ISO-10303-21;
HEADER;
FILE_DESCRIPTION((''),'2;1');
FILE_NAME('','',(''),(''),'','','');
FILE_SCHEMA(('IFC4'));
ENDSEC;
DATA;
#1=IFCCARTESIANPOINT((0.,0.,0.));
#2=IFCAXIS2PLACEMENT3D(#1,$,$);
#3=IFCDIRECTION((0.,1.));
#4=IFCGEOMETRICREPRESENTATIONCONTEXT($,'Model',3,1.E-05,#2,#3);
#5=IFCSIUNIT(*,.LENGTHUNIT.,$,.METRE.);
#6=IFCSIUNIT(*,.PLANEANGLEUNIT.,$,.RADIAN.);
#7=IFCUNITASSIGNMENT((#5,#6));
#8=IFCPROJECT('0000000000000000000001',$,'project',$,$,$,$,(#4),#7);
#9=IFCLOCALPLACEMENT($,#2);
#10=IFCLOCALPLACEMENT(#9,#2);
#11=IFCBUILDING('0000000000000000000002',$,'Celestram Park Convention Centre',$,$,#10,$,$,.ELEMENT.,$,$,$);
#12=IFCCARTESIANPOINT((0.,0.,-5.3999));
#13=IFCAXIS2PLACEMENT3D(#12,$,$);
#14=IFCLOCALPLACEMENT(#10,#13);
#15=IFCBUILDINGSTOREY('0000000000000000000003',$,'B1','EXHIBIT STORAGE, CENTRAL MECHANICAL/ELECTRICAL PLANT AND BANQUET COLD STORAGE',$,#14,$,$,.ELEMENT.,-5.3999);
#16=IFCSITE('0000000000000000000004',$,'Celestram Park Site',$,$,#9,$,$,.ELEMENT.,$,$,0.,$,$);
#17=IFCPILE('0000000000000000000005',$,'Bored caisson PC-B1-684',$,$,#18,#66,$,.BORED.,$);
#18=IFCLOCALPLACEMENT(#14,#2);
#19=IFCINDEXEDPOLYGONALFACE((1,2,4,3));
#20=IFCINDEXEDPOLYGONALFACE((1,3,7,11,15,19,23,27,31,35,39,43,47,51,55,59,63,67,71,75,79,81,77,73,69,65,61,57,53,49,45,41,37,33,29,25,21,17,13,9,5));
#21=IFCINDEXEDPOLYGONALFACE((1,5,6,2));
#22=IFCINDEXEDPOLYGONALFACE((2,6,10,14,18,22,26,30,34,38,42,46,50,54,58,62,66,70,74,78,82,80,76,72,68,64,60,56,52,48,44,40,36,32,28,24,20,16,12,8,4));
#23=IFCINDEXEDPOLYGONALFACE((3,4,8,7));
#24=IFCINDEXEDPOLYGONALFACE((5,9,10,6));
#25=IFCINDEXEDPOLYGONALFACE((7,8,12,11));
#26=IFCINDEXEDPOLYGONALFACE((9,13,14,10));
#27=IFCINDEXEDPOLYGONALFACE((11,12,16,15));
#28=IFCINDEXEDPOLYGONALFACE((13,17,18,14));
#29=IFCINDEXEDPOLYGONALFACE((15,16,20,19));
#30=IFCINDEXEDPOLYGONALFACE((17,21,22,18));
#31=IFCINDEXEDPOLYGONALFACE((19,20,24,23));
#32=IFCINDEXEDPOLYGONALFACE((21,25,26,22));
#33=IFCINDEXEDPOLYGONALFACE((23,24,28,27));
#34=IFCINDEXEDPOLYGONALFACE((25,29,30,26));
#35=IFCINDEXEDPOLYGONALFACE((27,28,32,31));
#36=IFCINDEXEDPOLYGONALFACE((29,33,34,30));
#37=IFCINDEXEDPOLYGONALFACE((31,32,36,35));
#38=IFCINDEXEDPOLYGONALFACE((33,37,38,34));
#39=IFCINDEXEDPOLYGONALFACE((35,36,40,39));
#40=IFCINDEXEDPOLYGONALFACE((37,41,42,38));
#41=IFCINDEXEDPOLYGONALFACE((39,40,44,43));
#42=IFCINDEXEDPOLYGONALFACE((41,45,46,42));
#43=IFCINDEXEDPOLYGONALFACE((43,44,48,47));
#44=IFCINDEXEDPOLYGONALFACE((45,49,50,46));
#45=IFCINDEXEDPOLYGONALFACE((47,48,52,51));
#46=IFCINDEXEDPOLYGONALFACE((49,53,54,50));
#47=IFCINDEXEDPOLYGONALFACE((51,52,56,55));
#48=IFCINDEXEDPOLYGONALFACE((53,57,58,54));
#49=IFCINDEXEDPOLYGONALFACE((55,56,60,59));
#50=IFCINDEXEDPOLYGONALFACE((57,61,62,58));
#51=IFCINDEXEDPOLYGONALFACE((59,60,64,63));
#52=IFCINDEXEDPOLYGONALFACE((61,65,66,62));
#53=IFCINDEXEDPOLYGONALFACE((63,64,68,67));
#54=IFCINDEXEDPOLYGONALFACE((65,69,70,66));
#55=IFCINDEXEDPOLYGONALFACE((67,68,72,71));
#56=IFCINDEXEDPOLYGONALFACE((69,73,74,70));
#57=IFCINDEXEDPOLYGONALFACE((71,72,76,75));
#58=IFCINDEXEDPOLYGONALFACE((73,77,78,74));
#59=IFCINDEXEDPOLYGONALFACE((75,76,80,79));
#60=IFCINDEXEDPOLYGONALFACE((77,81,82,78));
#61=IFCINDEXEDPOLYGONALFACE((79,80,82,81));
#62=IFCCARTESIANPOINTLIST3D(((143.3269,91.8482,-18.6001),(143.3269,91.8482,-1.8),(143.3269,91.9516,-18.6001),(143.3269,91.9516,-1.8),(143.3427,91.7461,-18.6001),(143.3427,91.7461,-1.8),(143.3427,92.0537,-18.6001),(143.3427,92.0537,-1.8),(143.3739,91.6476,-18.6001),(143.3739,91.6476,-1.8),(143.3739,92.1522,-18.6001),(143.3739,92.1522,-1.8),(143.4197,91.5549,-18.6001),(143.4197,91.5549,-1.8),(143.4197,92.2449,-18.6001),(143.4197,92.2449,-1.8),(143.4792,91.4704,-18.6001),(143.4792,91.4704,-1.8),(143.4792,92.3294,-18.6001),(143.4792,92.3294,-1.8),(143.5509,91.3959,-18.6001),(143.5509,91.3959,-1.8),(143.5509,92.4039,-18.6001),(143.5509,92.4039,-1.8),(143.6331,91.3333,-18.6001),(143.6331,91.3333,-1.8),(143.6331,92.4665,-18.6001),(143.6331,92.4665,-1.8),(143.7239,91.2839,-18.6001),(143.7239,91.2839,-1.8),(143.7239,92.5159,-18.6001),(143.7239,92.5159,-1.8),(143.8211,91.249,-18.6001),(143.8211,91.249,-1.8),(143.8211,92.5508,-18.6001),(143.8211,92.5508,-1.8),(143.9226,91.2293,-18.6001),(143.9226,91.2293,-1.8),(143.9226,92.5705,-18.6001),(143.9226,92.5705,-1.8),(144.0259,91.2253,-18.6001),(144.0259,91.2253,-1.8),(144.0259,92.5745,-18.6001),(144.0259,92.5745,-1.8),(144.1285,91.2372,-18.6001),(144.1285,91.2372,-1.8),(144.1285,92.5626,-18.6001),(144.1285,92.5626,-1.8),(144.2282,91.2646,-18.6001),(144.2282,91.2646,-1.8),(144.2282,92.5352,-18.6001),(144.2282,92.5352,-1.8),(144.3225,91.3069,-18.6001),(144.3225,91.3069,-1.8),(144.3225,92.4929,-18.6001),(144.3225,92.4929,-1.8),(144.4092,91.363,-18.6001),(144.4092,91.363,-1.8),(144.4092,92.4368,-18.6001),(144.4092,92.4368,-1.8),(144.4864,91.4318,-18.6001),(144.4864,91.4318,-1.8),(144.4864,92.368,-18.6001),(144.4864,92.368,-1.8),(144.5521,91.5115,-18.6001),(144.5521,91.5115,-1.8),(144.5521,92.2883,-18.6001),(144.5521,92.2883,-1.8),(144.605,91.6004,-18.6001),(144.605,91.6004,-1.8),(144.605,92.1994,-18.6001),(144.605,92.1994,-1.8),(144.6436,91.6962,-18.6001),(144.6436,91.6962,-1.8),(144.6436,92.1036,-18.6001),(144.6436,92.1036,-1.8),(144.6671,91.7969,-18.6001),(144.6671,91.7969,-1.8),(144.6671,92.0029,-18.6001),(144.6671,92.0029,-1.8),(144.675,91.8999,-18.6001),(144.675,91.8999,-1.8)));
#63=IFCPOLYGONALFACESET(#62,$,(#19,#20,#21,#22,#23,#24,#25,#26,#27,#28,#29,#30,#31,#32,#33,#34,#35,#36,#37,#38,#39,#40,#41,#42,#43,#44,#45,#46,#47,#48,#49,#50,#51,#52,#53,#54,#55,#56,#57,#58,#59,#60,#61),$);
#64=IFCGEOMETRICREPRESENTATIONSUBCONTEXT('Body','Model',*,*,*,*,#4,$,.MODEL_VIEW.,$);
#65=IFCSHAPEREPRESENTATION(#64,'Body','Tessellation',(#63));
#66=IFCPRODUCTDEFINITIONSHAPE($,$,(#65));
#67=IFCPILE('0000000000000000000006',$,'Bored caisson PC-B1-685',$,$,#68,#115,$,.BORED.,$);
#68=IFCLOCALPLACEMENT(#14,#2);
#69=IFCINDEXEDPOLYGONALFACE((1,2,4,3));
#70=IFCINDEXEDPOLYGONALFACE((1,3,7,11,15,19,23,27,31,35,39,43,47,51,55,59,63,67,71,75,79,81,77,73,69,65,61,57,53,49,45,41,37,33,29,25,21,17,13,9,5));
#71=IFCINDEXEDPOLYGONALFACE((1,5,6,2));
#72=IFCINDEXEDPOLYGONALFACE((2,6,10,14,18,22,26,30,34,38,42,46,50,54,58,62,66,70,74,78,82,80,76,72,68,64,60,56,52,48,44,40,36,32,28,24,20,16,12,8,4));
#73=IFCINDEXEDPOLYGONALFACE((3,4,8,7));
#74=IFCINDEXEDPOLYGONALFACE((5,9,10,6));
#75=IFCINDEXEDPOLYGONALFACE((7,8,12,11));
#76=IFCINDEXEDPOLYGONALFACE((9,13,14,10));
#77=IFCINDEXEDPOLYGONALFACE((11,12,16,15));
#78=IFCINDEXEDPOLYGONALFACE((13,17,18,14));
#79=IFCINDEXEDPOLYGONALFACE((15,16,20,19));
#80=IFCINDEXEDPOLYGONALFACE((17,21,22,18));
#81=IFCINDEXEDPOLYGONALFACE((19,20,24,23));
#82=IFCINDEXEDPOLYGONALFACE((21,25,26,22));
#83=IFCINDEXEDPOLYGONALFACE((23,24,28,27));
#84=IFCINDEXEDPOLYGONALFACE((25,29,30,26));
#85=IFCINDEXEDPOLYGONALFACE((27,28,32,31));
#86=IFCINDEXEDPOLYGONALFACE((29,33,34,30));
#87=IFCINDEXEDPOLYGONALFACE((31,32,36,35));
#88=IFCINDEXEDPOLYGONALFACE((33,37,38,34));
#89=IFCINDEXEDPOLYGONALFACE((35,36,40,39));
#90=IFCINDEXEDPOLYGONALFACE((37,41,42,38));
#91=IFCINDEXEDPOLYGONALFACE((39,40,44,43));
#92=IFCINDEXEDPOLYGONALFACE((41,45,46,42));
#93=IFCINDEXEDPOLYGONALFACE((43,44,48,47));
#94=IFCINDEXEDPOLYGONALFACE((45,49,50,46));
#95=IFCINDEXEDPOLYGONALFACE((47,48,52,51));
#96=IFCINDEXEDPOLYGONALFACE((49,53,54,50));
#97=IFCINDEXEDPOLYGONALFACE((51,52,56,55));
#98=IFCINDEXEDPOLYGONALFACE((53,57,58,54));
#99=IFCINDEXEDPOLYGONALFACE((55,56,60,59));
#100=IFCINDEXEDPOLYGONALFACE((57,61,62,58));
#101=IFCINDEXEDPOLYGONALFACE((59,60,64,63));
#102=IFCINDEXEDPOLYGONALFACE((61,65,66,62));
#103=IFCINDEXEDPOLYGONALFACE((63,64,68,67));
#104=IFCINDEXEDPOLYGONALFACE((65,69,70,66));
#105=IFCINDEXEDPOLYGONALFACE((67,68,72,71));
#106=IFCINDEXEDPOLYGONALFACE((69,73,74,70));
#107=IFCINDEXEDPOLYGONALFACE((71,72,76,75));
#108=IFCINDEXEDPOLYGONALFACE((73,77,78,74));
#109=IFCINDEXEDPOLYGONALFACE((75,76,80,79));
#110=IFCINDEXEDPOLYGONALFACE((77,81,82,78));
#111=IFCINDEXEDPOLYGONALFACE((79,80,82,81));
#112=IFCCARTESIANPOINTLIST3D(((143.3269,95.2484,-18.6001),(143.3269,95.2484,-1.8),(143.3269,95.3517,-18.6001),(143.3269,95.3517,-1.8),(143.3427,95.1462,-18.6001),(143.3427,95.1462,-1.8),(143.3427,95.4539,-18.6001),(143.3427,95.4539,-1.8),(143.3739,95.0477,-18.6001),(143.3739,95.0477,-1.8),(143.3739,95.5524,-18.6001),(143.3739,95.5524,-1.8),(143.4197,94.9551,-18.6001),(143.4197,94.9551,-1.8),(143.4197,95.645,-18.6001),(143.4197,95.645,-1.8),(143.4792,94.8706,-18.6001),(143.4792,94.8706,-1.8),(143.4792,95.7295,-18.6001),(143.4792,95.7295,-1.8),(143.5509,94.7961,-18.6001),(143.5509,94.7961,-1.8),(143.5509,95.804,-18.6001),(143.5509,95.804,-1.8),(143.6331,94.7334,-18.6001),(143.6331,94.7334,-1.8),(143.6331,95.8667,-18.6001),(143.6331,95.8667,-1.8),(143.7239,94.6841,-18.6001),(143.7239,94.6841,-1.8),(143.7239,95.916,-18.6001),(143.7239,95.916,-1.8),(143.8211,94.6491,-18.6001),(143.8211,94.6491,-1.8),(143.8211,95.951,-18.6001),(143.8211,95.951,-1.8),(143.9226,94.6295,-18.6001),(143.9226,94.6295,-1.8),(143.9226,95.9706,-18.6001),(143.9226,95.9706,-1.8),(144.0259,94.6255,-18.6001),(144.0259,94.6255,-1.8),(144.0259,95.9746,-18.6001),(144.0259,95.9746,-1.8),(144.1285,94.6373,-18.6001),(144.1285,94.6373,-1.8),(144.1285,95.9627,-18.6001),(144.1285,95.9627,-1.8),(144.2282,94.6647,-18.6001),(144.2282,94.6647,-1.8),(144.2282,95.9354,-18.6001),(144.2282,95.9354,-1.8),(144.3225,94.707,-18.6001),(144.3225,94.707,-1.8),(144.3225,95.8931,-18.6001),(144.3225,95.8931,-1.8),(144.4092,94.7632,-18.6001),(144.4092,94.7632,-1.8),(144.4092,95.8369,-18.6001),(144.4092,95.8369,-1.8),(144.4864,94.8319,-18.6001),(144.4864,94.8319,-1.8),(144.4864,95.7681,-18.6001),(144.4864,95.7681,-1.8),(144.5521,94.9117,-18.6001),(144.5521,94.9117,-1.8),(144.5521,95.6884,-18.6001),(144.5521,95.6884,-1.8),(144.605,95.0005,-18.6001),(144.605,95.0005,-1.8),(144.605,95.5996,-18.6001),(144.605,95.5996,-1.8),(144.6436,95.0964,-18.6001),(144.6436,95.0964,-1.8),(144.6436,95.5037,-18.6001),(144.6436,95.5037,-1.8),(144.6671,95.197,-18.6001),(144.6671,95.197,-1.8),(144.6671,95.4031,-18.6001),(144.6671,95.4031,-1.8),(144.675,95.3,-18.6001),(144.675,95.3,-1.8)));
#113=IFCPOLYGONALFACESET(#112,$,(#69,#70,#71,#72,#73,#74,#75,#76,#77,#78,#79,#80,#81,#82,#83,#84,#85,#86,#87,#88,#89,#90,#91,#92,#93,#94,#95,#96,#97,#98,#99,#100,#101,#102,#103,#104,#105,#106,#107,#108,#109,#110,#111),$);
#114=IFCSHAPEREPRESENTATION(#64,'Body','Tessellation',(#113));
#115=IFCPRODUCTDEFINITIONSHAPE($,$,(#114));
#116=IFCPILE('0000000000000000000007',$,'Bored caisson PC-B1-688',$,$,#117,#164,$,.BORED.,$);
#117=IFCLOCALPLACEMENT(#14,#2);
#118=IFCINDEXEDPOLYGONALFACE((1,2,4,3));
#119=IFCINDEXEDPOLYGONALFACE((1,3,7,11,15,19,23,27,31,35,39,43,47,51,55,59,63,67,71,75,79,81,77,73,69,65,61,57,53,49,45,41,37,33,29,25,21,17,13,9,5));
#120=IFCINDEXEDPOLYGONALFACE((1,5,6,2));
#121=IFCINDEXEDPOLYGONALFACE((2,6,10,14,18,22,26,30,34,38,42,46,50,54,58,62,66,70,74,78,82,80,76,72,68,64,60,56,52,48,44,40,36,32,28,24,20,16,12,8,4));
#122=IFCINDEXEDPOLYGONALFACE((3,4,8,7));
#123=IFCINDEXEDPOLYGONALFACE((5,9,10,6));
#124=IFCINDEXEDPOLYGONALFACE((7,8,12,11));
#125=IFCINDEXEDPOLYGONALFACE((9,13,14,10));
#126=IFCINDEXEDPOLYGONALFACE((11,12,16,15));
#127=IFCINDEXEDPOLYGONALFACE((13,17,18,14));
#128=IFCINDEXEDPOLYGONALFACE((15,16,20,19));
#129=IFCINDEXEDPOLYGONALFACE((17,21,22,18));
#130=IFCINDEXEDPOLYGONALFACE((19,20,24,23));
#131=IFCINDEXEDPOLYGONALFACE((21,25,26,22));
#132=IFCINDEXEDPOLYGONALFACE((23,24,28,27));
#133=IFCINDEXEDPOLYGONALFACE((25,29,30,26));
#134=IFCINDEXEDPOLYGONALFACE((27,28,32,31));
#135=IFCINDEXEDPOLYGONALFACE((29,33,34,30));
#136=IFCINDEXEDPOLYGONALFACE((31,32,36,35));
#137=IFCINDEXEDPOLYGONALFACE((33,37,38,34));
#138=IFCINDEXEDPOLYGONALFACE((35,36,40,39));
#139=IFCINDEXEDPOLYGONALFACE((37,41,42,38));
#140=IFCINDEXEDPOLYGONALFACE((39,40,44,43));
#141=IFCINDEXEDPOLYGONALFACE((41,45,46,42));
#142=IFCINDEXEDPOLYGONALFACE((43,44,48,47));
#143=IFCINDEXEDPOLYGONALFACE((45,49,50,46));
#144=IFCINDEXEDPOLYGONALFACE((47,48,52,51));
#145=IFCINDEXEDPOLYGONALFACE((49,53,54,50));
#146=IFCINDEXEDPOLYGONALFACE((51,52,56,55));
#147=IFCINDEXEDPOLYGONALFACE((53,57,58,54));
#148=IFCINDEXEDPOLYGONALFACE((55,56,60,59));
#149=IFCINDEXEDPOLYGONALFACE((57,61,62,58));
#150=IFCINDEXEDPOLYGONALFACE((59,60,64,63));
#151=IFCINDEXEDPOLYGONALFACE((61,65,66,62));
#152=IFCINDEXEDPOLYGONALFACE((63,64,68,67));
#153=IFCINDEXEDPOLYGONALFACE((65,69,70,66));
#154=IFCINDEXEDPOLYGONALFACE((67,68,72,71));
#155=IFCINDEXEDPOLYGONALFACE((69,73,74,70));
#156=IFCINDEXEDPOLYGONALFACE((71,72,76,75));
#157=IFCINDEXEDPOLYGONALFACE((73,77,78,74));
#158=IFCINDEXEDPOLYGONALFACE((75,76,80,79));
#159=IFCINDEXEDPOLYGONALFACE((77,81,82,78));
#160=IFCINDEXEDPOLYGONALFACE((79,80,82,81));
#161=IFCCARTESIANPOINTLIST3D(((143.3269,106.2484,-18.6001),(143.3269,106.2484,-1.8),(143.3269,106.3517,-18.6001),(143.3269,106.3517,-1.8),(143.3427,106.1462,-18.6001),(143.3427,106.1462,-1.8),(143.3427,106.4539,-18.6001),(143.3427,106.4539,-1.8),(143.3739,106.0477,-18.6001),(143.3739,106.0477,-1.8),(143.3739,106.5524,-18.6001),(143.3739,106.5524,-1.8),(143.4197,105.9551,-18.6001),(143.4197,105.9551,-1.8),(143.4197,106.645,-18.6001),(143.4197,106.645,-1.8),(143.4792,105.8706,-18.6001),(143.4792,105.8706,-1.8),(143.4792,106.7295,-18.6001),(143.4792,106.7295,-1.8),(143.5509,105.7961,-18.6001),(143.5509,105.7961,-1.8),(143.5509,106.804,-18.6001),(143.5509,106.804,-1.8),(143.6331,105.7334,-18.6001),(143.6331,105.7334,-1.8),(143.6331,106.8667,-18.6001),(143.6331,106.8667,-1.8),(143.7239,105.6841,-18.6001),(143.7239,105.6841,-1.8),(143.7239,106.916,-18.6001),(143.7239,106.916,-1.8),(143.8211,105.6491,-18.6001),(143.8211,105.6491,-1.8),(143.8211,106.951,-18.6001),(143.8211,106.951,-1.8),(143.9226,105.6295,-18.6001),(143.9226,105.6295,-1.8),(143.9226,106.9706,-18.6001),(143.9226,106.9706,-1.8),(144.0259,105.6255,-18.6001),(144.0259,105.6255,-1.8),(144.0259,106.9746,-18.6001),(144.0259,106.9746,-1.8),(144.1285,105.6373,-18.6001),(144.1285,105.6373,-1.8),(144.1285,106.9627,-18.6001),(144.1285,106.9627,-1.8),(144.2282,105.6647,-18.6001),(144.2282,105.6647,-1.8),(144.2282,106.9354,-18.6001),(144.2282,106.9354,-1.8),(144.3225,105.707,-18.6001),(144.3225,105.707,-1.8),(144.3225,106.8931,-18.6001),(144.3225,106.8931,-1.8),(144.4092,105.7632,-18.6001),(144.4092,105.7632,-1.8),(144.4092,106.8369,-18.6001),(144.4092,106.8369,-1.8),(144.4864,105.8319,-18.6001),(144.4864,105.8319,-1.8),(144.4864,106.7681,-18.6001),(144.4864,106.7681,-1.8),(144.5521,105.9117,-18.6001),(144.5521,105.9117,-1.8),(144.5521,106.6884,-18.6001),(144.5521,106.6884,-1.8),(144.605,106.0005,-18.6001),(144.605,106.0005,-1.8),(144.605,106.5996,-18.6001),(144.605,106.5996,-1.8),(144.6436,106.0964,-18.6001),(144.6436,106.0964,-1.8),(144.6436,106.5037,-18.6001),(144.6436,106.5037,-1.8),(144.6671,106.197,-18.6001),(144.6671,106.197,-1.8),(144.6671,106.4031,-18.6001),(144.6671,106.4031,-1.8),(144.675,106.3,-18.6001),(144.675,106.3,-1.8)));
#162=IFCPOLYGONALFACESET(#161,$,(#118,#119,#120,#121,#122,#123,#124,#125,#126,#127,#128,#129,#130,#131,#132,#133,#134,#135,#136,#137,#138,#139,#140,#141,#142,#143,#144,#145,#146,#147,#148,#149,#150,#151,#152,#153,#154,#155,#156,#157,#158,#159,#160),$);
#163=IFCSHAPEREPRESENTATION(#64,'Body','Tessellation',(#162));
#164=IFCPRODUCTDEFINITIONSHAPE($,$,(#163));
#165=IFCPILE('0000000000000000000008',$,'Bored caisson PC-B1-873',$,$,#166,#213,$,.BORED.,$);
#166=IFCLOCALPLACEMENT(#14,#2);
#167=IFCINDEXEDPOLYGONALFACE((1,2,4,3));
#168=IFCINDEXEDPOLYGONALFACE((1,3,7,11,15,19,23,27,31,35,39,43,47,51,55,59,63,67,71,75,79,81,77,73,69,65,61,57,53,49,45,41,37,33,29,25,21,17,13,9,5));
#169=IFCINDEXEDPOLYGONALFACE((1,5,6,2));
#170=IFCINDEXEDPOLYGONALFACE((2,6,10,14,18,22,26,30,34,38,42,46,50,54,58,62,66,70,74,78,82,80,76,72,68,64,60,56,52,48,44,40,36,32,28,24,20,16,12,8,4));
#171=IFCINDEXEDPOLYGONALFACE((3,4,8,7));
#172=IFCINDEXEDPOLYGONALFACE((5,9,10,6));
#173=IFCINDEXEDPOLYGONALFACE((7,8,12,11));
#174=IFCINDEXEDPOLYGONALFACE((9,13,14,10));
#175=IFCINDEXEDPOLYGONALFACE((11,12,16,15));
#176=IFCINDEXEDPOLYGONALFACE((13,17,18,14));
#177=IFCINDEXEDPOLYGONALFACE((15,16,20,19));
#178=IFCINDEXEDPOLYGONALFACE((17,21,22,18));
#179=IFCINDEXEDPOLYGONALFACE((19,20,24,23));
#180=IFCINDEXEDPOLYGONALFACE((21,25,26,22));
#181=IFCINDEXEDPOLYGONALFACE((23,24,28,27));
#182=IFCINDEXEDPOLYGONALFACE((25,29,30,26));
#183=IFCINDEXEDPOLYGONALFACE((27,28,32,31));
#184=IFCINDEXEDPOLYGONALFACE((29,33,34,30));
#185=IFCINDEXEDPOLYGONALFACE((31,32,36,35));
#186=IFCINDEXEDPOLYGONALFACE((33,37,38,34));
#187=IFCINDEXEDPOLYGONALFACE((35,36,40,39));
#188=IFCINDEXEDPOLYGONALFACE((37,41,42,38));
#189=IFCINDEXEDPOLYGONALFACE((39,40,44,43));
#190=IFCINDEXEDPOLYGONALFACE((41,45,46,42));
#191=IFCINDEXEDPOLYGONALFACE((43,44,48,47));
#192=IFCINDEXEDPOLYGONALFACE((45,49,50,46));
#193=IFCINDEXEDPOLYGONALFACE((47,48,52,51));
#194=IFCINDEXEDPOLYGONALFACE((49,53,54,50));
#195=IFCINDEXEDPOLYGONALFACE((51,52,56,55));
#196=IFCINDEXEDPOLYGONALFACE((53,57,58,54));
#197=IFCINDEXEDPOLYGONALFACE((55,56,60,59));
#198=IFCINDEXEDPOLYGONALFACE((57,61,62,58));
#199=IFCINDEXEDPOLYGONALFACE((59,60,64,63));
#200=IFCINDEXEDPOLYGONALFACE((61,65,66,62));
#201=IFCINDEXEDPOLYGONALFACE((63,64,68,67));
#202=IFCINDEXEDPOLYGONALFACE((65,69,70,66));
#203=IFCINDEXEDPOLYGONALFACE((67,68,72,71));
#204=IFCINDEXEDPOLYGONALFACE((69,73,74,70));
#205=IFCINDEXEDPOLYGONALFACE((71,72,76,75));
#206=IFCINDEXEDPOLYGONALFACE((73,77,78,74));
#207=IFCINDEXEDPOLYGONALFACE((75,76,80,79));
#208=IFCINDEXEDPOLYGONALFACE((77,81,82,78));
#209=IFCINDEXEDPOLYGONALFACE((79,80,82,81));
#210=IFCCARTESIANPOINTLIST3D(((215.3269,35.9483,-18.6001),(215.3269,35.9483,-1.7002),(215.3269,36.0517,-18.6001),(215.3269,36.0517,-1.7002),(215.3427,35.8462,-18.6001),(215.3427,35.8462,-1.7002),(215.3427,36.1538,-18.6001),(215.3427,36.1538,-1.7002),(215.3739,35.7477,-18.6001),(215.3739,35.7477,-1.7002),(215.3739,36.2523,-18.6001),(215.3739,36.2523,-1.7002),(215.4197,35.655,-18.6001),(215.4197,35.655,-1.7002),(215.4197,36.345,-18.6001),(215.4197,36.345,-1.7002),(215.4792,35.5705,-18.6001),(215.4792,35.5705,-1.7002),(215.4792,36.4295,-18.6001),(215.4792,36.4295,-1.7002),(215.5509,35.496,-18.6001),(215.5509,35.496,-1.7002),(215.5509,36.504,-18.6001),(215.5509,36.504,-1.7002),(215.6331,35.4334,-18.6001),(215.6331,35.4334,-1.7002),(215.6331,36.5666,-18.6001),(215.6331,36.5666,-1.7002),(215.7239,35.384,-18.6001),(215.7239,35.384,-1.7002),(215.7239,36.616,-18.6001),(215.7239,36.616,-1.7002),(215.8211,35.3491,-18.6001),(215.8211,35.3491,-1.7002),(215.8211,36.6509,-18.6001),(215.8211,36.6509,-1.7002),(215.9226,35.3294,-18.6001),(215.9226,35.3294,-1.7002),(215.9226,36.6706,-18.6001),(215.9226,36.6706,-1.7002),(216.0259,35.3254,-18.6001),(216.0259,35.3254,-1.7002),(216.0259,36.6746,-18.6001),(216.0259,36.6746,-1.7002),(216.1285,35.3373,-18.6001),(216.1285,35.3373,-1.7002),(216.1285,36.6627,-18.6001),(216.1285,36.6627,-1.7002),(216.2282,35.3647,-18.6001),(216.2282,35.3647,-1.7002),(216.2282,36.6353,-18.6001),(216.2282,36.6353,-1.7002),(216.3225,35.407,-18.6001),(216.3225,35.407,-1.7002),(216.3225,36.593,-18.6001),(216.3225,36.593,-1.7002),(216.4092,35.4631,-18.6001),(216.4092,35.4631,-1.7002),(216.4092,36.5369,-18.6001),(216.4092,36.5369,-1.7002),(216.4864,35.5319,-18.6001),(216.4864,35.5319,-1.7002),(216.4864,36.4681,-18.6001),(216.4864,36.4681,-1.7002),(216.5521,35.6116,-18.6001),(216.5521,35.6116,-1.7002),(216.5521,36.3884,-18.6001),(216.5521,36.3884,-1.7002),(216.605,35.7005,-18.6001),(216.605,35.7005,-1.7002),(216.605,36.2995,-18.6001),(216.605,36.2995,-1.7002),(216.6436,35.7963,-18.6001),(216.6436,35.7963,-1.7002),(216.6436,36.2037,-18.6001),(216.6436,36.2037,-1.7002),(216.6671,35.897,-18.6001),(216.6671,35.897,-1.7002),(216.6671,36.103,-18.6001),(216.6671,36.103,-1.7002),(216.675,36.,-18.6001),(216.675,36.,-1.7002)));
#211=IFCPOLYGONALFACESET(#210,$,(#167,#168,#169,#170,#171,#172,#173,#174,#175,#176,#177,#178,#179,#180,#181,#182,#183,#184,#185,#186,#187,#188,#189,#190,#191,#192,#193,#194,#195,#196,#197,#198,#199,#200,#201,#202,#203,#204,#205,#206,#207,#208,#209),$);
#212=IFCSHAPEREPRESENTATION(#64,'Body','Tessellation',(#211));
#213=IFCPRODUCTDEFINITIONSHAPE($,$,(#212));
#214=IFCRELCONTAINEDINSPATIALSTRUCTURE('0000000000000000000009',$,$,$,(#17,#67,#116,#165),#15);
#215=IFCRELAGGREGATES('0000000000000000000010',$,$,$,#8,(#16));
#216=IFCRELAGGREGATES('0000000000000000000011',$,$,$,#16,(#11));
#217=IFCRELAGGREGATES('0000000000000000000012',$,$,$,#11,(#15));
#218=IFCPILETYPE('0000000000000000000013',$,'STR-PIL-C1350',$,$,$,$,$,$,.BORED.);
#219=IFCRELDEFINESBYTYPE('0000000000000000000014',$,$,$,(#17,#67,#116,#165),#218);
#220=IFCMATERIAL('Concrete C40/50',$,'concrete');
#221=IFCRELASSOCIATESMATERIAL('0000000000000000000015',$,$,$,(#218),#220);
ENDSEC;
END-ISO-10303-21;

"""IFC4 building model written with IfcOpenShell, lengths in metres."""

from ifc_helpers import new_model, si_unit, direction, frame, origin, origin_2d, place, context, subcontext, project, spatial, circle, extrude, material, material_profile, profile_set, type_object, element, save


model = new_model("IFC4")

# Units and contexts
model_context = context("Model", 3, precision=1e-05, world=origin(), true_north=direction((0.0, 1.0)))
body_context = subcontext(model_context, "Body", "Model", "MODEL_VIEW")
ifc_project = project(units=[si_unit("LENGTHUNIT", "METRE"), si_unit("PLANEANGLEUNIT", "RADIAN")], contexts=[model_context])

# Site, building, storey
site_placement = place(None, origin())
site = spatial("IfcSite", under=ifc_project, at=site_placement, Name="Celestram Park Site", CompositionType="ELEMENT", RefElevation=0.0)
building_placement = place(site_placement, origin())
building = spatial("IfcBuilding", under=site, at=building_placement, Name="Celestram Park Convention Centre", CompositionType="ELEMENT")
storey_placement = place(building_placement, frame((0.0, 0.0, -5.3999)))
storey = spatial("IfcBuildingStorey", under=building, at=storey_placement, Name="B1", Description="EXHIBIT STORAGE, CENTRAL MECHANICAL/ELECTRICAL PLANT AND BANQUET COLD STORAGE", CompositionType="ELEMENT", Elevation=-5.3999)

# Shared definitions
ifc_material_1 = material(Name="Concrete C40/50", Category="concrete")

# Piles
ifc_material_profile_1 = material_profile(ifc_material_1, circle(Radius=0.675, at=origin_2d()), Name="CAISSON1350")
ifc_profile_set_1 = profile_set([ifc_material_profile_1], Name="Concrete C40/50")
pile_type_1 = type_object("IfcPileType", Name="STR-PIL-C1350", PredefinedType="BORED", material=ifc_profile_set_1)
for number, where, z_axis, x_axis, name in (
    (1, (144.0, 91.8999, -1.8), (0.0, 0.0, -1.0), (1.0, 0.0, 0.0), "Bored caisson PC-B1-684"),
    (2, (144.0, 95.3, -1.8), (0.0, 0.0, -1.0), (1.0, 0.0, 0.0), "Bored caisson PC-B1-685"),
    (3, (144.0, 106.3, -1.8), (0.0, 0.0, -1.0), (1.0, 0.0, 0.0), "Bored caisson PC-B1-688"),
):
    element("IfcPile", number, at=place(storey_placement, frame(where, z_axis=z_axis, x_axis=x_axis)), inside=storey, type_object=pile_type_1, Name=name, PredefinedType="BORED", context=body_context, shape_type="SweptSolid", body=[
        extrude(circle(Radius=0.675, at=origin_2d()), origin(), (0.0, 0.0, 1.0), 16.8),
    ])
pile_placement = place(storey_placement, frame((216.0, 36.0, -1.7002), z_axis=(0.0, 0.0, -1.0), x_axis=(1.0, 0.0, 0.0)))
element("IfcPile", 4, at=pile_placement, inside=storey, type_object=pile_type_1, Name="Bored caisson PC-B1-873", PredefinedType="BORED", context=body_context, shape_type="SweptSolid", body=[
    extrude(circle(Radius=0.675, at=origin_2d()), origin(), (0.0, 0.0, 1.0), 16.8999),
])

save(model, "model.ifc")
